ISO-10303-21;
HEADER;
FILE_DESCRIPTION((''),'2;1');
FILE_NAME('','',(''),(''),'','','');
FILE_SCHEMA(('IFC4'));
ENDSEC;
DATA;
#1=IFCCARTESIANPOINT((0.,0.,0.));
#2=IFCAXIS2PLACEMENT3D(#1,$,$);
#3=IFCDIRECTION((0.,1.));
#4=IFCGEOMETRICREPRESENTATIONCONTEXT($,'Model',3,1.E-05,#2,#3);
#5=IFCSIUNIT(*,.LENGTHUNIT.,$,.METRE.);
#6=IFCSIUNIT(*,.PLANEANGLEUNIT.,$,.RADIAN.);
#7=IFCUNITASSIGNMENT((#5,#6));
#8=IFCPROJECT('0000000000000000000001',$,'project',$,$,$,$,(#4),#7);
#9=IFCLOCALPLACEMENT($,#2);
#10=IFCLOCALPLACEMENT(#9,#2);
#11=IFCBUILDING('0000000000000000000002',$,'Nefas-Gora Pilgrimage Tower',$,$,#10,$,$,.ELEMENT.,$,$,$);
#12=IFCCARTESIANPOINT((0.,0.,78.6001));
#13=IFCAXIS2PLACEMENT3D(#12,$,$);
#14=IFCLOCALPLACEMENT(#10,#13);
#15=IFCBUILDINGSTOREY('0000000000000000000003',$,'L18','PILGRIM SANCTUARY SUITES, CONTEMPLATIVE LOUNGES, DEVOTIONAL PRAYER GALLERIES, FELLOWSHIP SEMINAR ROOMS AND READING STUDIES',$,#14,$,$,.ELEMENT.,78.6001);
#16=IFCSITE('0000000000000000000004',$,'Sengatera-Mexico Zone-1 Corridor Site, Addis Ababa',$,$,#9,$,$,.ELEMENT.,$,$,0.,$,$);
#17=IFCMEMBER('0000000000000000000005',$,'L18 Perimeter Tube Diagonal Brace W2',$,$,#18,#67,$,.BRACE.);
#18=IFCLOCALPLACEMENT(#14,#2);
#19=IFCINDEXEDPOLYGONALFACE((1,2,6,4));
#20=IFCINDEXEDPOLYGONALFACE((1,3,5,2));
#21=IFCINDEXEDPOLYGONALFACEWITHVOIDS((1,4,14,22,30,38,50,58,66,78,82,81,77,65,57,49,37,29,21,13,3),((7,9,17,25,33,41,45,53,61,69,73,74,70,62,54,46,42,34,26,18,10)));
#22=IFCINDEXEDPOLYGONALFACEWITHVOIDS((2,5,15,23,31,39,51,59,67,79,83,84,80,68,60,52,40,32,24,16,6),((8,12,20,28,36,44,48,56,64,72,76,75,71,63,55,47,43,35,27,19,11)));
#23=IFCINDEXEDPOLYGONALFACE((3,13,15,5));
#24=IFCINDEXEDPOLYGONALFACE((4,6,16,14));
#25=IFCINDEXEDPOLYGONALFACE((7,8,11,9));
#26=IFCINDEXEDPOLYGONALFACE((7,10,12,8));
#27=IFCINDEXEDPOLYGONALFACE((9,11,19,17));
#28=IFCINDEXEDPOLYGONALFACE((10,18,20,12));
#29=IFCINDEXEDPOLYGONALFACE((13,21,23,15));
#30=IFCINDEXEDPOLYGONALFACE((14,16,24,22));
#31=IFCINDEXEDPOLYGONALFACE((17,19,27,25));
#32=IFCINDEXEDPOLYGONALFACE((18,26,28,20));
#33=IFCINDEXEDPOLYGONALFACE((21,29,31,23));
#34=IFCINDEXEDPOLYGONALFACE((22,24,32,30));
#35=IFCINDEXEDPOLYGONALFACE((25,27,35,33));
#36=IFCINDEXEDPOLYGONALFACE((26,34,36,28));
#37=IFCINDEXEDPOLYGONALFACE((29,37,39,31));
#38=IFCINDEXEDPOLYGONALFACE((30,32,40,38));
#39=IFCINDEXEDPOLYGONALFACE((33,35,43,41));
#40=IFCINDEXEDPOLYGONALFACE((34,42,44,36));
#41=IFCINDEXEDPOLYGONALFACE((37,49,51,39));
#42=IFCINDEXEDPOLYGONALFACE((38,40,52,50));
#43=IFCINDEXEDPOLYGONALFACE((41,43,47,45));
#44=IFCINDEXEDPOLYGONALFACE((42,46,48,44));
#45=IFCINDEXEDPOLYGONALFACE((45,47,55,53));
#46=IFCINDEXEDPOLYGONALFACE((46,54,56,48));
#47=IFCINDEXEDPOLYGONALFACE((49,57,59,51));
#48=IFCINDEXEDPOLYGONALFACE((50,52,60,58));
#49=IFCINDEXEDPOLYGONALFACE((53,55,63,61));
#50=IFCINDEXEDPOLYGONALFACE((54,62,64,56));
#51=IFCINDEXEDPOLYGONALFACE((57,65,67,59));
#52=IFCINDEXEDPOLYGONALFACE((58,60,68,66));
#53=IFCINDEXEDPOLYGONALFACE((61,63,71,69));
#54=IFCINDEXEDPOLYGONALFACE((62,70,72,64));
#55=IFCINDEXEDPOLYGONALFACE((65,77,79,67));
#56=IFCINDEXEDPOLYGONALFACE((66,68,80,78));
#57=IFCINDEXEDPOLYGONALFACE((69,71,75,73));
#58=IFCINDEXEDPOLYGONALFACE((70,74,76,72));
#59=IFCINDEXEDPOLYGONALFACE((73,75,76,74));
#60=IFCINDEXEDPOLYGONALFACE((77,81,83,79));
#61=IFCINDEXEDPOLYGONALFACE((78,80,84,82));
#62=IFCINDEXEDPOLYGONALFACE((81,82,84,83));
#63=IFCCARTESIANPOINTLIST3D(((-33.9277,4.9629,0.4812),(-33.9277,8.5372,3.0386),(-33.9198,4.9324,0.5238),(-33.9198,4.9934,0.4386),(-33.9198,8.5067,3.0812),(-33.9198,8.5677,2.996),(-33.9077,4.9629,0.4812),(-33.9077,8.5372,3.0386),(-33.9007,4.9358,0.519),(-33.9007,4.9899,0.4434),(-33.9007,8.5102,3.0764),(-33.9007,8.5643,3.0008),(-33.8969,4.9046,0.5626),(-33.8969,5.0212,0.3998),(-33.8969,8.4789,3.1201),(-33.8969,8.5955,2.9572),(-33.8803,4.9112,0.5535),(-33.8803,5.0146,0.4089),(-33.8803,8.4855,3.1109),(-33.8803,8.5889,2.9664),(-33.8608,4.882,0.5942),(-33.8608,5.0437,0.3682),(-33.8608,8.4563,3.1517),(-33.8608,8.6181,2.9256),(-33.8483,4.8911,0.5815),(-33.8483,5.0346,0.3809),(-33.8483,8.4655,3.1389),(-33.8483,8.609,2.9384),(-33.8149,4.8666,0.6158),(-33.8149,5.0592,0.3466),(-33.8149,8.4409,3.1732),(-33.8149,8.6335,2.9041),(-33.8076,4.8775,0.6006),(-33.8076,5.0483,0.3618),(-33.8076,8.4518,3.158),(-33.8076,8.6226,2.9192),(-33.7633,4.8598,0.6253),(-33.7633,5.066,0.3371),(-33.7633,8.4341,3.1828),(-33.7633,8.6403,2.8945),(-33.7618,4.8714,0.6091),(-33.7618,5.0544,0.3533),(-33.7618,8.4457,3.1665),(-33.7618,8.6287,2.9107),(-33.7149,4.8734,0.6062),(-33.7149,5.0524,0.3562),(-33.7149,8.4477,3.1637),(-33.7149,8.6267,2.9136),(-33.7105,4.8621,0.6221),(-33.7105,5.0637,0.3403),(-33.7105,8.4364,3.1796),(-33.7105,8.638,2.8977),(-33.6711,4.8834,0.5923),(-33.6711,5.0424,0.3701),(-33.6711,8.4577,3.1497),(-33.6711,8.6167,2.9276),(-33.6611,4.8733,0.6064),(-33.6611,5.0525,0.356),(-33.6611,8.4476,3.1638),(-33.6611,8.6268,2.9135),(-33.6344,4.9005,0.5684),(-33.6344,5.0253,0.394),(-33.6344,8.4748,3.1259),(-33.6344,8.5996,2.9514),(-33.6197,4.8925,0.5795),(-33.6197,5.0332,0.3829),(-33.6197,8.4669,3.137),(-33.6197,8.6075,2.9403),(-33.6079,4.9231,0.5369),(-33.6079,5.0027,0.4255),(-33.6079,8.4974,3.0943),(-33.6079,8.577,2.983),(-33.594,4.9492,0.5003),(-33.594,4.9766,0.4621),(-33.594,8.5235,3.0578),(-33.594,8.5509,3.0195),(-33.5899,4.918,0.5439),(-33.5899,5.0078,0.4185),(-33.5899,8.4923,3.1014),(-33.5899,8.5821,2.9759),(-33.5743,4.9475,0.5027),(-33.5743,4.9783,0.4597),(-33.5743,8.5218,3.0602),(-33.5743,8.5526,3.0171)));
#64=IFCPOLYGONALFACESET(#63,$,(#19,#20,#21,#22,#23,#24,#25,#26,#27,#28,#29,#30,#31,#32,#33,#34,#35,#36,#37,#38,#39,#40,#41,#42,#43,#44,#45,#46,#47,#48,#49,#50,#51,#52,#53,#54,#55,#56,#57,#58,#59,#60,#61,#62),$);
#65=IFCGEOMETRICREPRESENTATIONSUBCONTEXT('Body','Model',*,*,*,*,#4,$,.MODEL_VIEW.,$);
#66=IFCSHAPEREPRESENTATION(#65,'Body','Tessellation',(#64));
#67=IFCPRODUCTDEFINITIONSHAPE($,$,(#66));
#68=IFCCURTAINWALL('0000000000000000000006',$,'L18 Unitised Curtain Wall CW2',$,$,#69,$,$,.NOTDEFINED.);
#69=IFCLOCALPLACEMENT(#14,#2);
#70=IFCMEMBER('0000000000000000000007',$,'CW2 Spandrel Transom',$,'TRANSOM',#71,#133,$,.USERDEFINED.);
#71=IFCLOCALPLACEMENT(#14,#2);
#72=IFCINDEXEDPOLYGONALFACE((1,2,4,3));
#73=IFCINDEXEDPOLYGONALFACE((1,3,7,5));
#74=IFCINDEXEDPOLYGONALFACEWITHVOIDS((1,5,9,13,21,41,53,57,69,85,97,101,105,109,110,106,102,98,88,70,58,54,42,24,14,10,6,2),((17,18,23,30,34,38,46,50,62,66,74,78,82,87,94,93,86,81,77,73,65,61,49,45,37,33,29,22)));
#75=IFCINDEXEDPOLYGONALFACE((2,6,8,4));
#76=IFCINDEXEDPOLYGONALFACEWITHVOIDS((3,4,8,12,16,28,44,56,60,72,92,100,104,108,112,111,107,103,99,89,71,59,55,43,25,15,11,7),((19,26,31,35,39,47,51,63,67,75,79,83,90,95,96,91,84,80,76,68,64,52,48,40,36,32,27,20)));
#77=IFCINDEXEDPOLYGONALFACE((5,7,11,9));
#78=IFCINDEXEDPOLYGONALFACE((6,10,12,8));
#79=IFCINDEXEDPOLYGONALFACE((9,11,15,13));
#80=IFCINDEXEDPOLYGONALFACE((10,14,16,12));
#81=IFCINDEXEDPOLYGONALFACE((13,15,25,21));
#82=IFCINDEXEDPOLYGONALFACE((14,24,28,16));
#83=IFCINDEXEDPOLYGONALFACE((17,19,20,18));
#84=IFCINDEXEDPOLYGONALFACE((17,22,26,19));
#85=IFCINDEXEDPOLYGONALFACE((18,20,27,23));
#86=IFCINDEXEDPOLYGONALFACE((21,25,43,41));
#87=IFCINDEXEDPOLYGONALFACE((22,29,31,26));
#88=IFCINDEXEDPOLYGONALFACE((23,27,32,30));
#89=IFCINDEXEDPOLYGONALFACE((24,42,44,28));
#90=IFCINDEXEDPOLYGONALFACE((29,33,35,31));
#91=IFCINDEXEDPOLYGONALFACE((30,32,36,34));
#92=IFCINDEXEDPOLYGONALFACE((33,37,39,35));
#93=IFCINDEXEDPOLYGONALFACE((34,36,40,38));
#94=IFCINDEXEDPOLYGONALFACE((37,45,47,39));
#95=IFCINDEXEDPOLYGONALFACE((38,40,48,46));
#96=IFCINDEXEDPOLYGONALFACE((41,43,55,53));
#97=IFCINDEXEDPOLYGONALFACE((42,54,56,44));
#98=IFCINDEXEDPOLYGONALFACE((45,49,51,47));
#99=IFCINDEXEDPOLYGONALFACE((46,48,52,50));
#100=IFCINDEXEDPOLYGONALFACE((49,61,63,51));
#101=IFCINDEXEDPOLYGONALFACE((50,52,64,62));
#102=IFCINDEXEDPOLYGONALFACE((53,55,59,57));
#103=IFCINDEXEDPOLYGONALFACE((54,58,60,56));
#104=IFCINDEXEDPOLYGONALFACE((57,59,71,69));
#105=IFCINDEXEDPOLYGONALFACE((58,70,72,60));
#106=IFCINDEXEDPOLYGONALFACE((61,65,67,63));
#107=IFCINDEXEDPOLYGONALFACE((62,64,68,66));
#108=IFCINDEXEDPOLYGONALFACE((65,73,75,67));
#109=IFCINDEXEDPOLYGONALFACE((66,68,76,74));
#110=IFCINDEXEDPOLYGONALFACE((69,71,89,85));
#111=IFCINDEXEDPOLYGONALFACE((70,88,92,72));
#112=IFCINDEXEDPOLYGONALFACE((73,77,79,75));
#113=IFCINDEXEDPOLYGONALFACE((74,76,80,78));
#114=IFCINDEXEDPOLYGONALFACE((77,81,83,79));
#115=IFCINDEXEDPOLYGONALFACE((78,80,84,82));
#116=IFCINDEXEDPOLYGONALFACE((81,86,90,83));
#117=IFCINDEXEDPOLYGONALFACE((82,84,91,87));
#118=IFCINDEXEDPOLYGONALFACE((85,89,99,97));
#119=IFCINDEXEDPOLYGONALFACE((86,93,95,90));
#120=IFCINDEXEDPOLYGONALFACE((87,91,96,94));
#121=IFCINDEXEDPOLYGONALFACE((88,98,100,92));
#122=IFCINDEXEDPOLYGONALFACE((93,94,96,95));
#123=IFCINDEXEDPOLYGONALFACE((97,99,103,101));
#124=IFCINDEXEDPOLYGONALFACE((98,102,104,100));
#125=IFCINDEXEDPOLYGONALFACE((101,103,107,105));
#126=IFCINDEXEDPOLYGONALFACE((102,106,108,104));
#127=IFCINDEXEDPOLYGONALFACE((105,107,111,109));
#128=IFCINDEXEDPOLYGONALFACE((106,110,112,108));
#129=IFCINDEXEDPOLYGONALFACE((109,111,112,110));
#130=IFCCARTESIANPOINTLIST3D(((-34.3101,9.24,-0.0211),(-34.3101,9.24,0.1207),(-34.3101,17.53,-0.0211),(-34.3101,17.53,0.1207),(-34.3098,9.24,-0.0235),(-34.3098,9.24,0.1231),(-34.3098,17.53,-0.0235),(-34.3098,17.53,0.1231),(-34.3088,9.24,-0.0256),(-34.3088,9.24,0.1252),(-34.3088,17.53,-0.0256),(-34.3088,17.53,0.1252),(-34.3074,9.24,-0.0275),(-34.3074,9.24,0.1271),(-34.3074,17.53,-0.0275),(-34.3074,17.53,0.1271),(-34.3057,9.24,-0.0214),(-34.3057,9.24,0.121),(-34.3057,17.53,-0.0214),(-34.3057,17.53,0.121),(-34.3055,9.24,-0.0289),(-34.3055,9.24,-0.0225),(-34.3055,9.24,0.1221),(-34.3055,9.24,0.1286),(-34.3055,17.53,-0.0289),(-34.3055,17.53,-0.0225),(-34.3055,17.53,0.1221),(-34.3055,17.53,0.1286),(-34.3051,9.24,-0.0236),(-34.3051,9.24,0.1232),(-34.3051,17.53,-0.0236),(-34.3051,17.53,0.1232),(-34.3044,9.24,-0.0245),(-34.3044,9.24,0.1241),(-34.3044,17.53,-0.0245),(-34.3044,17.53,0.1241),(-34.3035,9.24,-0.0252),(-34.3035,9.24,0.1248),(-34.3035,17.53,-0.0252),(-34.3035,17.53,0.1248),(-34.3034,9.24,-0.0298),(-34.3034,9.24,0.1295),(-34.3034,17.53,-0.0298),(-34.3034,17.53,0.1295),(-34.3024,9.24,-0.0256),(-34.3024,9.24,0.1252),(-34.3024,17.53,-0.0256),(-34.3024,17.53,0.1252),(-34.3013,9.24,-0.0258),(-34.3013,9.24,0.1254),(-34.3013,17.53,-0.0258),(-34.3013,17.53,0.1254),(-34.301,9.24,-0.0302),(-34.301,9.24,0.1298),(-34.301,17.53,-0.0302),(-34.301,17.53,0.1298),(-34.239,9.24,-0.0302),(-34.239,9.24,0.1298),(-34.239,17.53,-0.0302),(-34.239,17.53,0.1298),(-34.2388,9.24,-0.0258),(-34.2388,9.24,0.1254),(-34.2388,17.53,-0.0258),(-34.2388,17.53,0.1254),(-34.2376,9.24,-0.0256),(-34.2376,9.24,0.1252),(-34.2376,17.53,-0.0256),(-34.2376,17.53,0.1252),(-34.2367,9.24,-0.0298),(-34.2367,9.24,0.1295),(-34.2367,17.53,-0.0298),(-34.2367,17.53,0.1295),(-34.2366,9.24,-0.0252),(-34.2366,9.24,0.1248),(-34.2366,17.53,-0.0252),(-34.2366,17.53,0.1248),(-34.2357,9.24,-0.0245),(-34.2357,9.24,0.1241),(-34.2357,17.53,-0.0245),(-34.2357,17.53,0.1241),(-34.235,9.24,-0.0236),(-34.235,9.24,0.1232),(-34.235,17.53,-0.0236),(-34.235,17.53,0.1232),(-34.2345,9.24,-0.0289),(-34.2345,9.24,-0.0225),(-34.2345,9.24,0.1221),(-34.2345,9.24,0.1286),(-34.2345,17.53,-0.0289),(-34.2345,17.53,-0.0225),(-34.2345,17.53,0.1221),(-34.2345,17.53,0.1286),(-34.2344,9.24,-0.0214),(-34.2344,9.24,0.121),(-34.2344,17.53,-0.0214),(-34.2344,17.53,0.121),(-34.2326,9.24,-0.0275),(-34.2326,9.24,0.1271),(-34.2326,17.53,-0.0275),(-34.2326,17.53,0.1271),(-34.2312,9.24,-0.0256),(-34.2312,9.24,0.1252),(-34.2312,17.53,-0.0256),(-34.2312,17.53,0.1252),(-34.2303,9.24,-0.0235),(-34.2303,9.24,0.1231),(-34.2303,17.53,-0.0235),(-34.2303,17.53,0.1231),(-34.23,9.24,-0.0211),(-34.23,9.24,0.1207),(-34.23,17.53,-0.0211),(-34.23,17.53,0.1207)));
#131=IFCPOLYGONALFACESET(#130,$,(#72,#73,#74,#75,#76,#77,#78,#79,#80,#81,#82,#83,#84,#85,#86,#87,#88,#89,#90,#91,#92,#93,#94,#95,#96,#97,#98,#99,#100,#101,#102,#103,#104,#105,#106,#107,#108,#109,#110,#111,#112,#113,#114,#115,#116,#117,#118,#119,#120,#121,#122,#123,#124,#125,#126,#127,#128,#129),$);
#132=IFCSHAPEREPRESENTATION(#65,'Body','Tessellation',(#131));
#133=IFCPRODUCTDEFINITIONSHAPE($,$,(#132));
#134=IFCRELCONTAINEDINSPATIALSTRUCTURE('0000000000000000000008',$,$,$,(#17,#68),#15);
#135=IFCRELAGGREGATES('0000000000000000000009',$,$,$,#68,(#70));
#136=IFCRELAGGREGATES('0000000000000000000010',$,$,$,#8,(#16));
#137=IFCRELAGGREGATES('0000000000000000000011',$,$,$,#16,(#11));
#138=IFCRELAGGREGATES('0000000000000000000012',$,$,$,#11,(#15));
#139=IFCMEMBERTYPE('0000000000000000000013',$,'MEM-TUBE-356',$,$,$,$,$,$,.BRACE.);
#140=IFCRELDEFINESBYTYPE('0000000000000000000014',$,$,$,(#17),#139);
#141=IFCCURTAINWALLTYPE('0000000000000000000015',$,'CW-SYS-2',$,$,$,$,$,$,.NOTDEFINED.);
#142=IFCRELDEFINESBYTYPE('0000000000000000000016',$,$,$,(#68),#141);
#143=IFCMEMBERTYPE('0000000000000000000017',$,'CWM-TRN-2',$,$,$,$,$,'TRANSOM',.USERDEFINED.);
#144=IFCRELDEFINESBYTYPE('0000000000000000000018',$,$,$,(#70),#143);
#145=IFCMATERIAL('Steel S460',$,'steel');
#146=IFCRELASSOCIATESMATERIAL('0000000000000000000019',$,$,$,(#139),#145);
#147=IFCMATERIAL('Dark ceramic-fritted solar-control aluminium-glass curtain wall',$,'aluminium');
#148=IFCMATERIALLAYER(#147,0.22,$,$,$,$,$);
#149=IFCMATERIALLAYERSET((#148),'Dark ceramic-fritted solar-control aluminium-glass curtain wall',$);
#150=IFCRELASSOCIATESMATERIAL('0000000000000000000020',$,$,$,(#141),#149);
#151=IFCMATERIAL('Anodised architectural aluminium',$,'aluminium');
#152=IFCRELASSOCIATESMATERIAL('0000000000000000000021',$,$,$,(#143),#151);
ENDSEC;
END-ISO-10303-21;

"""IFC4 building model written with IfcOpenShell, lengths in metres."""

from ifc_helpers import new_model, si_unit, direction, frame, origin, origin_2d, place, context, subcontext, project, spatial, hollow_rectangle, hollow_circle, extrude, source, transform, mapped, material, layer, layer_set, material_profile, profile_set, type_object, element, aggregate, save


model = new_model("IFC4")

# Units and contexts
model_context = context("Model", 3, precision=1e-05, world=origin(), true_north=direction((0.0, 1.0)))
body_context = subcontext(model_context, "Body", "Model", "MODEL_VIEW")
ifc_project = project(units=[si_unit("LENGTHUNIT", "METRE"), si_unit("PLANEANGLEUNIT", "RADIAN")], contexts=[model_context])

# Site, building, storey
site_placement = place(None, origin())
site = spatial("IfcSite", under=ifc_project, at=site_placement, Name="Sengatera-Mexico Zone-1 Corridor Site, Addis Ababa", CompositionType="ELEMENT", RefElevation=0.0)
building_placement = place(site_placement, origin())
building = spatial("IfcBuilding", under=site, at=building_placement, Name="Nefas-Gora Pilgrimage Tower", CompositionType="ELEMENT")
storey_placement = place(building_placement, frame((0.0, 0.0, 78.6001)))
storey = spatial("IfcBuildingStorey", under=building, at=storey_placement, Name="L18", Description="PILGRIM SANCTUARY SUITES, CONTEMPLATIVE LOUNGES, DEVOTIONAL PRAYER GALLERIES, FELLOWSHIP SEMINAR ROOMS AND READING STUDIES", CompositionType="ELEMENT", Elevation=78.6001)

# Shared definitions
ifc_material_1 = material(Name="Steel S460", Category="steel")

# Member
ifc_material_profile_1 = material_profile(ifc_material_1, hollow_circle(Radius=0.1777, WallThickness=0.02, at=origin_2d()), Name="CHS 355.6x20")
ifc_profile_set_1 = profile_set([ifc_material_profile_1], Name="Steel S460")
member_type_1 = type_object("IfcMemberType", Name="MEM-TUBE-356", PredefinedType="BRACE", material=ifc_profile_set_1)
shared_shape_1 = source(origin(), body_context, "Body", "SweptSolid", [
    extrude(hollow_circle(Radius=0.1777, WallThickness=0.02, at=origin_2d()), origin(), (0.0, 0.0, 1.0), 4.395),
])
member_1_placement = place(storey_placement, frame((-33.75, 4.9629, 0.4812), z_axis=(0.0, 0.813264, 0.581895), x_axis=(-1.0, 0.0, 0.0)))
element("IfcMember", 1, at=member_1_placement, inside=storey, type_object=member_type_1, Name="L18 Perimeter Tube Diagonal Brace W2", PredefinedType="BRACE", context=body_context, shape_type="MappedRepresentation", body=[
    mapped(shared_shape_1, transform((0.0, 0.0, 0.0), x_axis=(1.0, 0.0, 0.0), y_axis=(0.0, 1.0, 0.0), z_axis=(0.0, 0.0, 1.0), scale=1.0)),
])

# Curtain wall, member
ifc_material_2 = material(Name="Dark ceramic-fritted solar-control aluminium-glass curtain wall", Category="aluminium")
ifc_layer_1 = layer(ifc_material_2, 0.22)
ifc_layer_set_1 = layer_set([ifc_layer_1], Name="Dark ceramic-fritted solar-control aluminium-glass curtain wall")
curtain_wall_type = type_object("IfcCurtainWallType", Name="CW-SYS-2", PredefinedType="NOTDEFINED", material=ifc_layer_set_1)
curtain_wall_1_placement = place(storey_placement, origin())
curtain_wall_1 = element("IfcCurtainWall", 2, at=curtain_wall_1_placement, inside=storey, type_object=curtain_wall_type, Name="L18 Unitised Curtain Wall CW2", PredefinedType="NOTDEFINED")
ifc_material_3 = material(Name="Anodised architectural aluminium", Category="aluminium")
ifc_material_profile_2 = material_profile(ifc_material_3, hollow_rectangle(XDim=0.0801, YDim=0.1599, WallThickness=0.0044, InnerFilletRadius=0.0044, OuterFilletRadius=0.009, at=origin_2d()), Name="ALU TRANSOM 80x160")
ifc_profile_set_2 = profile_set([ifc_material_profile_2], Name="Anodised architectural aluminium")
member_type_2 = type_object("IfcMemberType", Name="CWM-TRN-2", ElementType="TRANSOM", PredefinedType="USERDEFINED", material=ifc_profile_set_2)
shared_shape_2 = source(origin(), body_context, "Body", "SweptSolid", [
    extrude(hollow_rectangle(XDim=0.0801, YDim=0.1599, WallThickness=0.0044, InnerFilletRadius=0.0044, OuterFilletRadius=0.009, at=origin_2d()), origin(), (0.0, 0.0, 1.0), 8.29),
])
member_2_placement = place(storey_placement, frame((-34.27, 17.53, 0.0498), z_axis=(0.0, -1.0, 0.0), x_axis=(1.0, 0.0, 0.0)))
member_2 = element("IfcMember", 3, at=member_2_placement, type_object=member_type_2, Name="CW2 Spandrel Transom", ObjectType="TRANSOM", PredefinedType="USERDEFINED", context=body_context, shape_type="MappedRepresentation", body=[
    mapped(shared_shape_2, transform((0.0, 0.0, 0.0), x_axis=(1.0, 0.0, 0.0), y_axis=(0.0, 1.0, 0.0), z_axis=(0.0, 0.0, 1.0), scale=1.0)),
])

aggregate(curtain_wall_1, [member_2])

save(model, "model.ifc")
